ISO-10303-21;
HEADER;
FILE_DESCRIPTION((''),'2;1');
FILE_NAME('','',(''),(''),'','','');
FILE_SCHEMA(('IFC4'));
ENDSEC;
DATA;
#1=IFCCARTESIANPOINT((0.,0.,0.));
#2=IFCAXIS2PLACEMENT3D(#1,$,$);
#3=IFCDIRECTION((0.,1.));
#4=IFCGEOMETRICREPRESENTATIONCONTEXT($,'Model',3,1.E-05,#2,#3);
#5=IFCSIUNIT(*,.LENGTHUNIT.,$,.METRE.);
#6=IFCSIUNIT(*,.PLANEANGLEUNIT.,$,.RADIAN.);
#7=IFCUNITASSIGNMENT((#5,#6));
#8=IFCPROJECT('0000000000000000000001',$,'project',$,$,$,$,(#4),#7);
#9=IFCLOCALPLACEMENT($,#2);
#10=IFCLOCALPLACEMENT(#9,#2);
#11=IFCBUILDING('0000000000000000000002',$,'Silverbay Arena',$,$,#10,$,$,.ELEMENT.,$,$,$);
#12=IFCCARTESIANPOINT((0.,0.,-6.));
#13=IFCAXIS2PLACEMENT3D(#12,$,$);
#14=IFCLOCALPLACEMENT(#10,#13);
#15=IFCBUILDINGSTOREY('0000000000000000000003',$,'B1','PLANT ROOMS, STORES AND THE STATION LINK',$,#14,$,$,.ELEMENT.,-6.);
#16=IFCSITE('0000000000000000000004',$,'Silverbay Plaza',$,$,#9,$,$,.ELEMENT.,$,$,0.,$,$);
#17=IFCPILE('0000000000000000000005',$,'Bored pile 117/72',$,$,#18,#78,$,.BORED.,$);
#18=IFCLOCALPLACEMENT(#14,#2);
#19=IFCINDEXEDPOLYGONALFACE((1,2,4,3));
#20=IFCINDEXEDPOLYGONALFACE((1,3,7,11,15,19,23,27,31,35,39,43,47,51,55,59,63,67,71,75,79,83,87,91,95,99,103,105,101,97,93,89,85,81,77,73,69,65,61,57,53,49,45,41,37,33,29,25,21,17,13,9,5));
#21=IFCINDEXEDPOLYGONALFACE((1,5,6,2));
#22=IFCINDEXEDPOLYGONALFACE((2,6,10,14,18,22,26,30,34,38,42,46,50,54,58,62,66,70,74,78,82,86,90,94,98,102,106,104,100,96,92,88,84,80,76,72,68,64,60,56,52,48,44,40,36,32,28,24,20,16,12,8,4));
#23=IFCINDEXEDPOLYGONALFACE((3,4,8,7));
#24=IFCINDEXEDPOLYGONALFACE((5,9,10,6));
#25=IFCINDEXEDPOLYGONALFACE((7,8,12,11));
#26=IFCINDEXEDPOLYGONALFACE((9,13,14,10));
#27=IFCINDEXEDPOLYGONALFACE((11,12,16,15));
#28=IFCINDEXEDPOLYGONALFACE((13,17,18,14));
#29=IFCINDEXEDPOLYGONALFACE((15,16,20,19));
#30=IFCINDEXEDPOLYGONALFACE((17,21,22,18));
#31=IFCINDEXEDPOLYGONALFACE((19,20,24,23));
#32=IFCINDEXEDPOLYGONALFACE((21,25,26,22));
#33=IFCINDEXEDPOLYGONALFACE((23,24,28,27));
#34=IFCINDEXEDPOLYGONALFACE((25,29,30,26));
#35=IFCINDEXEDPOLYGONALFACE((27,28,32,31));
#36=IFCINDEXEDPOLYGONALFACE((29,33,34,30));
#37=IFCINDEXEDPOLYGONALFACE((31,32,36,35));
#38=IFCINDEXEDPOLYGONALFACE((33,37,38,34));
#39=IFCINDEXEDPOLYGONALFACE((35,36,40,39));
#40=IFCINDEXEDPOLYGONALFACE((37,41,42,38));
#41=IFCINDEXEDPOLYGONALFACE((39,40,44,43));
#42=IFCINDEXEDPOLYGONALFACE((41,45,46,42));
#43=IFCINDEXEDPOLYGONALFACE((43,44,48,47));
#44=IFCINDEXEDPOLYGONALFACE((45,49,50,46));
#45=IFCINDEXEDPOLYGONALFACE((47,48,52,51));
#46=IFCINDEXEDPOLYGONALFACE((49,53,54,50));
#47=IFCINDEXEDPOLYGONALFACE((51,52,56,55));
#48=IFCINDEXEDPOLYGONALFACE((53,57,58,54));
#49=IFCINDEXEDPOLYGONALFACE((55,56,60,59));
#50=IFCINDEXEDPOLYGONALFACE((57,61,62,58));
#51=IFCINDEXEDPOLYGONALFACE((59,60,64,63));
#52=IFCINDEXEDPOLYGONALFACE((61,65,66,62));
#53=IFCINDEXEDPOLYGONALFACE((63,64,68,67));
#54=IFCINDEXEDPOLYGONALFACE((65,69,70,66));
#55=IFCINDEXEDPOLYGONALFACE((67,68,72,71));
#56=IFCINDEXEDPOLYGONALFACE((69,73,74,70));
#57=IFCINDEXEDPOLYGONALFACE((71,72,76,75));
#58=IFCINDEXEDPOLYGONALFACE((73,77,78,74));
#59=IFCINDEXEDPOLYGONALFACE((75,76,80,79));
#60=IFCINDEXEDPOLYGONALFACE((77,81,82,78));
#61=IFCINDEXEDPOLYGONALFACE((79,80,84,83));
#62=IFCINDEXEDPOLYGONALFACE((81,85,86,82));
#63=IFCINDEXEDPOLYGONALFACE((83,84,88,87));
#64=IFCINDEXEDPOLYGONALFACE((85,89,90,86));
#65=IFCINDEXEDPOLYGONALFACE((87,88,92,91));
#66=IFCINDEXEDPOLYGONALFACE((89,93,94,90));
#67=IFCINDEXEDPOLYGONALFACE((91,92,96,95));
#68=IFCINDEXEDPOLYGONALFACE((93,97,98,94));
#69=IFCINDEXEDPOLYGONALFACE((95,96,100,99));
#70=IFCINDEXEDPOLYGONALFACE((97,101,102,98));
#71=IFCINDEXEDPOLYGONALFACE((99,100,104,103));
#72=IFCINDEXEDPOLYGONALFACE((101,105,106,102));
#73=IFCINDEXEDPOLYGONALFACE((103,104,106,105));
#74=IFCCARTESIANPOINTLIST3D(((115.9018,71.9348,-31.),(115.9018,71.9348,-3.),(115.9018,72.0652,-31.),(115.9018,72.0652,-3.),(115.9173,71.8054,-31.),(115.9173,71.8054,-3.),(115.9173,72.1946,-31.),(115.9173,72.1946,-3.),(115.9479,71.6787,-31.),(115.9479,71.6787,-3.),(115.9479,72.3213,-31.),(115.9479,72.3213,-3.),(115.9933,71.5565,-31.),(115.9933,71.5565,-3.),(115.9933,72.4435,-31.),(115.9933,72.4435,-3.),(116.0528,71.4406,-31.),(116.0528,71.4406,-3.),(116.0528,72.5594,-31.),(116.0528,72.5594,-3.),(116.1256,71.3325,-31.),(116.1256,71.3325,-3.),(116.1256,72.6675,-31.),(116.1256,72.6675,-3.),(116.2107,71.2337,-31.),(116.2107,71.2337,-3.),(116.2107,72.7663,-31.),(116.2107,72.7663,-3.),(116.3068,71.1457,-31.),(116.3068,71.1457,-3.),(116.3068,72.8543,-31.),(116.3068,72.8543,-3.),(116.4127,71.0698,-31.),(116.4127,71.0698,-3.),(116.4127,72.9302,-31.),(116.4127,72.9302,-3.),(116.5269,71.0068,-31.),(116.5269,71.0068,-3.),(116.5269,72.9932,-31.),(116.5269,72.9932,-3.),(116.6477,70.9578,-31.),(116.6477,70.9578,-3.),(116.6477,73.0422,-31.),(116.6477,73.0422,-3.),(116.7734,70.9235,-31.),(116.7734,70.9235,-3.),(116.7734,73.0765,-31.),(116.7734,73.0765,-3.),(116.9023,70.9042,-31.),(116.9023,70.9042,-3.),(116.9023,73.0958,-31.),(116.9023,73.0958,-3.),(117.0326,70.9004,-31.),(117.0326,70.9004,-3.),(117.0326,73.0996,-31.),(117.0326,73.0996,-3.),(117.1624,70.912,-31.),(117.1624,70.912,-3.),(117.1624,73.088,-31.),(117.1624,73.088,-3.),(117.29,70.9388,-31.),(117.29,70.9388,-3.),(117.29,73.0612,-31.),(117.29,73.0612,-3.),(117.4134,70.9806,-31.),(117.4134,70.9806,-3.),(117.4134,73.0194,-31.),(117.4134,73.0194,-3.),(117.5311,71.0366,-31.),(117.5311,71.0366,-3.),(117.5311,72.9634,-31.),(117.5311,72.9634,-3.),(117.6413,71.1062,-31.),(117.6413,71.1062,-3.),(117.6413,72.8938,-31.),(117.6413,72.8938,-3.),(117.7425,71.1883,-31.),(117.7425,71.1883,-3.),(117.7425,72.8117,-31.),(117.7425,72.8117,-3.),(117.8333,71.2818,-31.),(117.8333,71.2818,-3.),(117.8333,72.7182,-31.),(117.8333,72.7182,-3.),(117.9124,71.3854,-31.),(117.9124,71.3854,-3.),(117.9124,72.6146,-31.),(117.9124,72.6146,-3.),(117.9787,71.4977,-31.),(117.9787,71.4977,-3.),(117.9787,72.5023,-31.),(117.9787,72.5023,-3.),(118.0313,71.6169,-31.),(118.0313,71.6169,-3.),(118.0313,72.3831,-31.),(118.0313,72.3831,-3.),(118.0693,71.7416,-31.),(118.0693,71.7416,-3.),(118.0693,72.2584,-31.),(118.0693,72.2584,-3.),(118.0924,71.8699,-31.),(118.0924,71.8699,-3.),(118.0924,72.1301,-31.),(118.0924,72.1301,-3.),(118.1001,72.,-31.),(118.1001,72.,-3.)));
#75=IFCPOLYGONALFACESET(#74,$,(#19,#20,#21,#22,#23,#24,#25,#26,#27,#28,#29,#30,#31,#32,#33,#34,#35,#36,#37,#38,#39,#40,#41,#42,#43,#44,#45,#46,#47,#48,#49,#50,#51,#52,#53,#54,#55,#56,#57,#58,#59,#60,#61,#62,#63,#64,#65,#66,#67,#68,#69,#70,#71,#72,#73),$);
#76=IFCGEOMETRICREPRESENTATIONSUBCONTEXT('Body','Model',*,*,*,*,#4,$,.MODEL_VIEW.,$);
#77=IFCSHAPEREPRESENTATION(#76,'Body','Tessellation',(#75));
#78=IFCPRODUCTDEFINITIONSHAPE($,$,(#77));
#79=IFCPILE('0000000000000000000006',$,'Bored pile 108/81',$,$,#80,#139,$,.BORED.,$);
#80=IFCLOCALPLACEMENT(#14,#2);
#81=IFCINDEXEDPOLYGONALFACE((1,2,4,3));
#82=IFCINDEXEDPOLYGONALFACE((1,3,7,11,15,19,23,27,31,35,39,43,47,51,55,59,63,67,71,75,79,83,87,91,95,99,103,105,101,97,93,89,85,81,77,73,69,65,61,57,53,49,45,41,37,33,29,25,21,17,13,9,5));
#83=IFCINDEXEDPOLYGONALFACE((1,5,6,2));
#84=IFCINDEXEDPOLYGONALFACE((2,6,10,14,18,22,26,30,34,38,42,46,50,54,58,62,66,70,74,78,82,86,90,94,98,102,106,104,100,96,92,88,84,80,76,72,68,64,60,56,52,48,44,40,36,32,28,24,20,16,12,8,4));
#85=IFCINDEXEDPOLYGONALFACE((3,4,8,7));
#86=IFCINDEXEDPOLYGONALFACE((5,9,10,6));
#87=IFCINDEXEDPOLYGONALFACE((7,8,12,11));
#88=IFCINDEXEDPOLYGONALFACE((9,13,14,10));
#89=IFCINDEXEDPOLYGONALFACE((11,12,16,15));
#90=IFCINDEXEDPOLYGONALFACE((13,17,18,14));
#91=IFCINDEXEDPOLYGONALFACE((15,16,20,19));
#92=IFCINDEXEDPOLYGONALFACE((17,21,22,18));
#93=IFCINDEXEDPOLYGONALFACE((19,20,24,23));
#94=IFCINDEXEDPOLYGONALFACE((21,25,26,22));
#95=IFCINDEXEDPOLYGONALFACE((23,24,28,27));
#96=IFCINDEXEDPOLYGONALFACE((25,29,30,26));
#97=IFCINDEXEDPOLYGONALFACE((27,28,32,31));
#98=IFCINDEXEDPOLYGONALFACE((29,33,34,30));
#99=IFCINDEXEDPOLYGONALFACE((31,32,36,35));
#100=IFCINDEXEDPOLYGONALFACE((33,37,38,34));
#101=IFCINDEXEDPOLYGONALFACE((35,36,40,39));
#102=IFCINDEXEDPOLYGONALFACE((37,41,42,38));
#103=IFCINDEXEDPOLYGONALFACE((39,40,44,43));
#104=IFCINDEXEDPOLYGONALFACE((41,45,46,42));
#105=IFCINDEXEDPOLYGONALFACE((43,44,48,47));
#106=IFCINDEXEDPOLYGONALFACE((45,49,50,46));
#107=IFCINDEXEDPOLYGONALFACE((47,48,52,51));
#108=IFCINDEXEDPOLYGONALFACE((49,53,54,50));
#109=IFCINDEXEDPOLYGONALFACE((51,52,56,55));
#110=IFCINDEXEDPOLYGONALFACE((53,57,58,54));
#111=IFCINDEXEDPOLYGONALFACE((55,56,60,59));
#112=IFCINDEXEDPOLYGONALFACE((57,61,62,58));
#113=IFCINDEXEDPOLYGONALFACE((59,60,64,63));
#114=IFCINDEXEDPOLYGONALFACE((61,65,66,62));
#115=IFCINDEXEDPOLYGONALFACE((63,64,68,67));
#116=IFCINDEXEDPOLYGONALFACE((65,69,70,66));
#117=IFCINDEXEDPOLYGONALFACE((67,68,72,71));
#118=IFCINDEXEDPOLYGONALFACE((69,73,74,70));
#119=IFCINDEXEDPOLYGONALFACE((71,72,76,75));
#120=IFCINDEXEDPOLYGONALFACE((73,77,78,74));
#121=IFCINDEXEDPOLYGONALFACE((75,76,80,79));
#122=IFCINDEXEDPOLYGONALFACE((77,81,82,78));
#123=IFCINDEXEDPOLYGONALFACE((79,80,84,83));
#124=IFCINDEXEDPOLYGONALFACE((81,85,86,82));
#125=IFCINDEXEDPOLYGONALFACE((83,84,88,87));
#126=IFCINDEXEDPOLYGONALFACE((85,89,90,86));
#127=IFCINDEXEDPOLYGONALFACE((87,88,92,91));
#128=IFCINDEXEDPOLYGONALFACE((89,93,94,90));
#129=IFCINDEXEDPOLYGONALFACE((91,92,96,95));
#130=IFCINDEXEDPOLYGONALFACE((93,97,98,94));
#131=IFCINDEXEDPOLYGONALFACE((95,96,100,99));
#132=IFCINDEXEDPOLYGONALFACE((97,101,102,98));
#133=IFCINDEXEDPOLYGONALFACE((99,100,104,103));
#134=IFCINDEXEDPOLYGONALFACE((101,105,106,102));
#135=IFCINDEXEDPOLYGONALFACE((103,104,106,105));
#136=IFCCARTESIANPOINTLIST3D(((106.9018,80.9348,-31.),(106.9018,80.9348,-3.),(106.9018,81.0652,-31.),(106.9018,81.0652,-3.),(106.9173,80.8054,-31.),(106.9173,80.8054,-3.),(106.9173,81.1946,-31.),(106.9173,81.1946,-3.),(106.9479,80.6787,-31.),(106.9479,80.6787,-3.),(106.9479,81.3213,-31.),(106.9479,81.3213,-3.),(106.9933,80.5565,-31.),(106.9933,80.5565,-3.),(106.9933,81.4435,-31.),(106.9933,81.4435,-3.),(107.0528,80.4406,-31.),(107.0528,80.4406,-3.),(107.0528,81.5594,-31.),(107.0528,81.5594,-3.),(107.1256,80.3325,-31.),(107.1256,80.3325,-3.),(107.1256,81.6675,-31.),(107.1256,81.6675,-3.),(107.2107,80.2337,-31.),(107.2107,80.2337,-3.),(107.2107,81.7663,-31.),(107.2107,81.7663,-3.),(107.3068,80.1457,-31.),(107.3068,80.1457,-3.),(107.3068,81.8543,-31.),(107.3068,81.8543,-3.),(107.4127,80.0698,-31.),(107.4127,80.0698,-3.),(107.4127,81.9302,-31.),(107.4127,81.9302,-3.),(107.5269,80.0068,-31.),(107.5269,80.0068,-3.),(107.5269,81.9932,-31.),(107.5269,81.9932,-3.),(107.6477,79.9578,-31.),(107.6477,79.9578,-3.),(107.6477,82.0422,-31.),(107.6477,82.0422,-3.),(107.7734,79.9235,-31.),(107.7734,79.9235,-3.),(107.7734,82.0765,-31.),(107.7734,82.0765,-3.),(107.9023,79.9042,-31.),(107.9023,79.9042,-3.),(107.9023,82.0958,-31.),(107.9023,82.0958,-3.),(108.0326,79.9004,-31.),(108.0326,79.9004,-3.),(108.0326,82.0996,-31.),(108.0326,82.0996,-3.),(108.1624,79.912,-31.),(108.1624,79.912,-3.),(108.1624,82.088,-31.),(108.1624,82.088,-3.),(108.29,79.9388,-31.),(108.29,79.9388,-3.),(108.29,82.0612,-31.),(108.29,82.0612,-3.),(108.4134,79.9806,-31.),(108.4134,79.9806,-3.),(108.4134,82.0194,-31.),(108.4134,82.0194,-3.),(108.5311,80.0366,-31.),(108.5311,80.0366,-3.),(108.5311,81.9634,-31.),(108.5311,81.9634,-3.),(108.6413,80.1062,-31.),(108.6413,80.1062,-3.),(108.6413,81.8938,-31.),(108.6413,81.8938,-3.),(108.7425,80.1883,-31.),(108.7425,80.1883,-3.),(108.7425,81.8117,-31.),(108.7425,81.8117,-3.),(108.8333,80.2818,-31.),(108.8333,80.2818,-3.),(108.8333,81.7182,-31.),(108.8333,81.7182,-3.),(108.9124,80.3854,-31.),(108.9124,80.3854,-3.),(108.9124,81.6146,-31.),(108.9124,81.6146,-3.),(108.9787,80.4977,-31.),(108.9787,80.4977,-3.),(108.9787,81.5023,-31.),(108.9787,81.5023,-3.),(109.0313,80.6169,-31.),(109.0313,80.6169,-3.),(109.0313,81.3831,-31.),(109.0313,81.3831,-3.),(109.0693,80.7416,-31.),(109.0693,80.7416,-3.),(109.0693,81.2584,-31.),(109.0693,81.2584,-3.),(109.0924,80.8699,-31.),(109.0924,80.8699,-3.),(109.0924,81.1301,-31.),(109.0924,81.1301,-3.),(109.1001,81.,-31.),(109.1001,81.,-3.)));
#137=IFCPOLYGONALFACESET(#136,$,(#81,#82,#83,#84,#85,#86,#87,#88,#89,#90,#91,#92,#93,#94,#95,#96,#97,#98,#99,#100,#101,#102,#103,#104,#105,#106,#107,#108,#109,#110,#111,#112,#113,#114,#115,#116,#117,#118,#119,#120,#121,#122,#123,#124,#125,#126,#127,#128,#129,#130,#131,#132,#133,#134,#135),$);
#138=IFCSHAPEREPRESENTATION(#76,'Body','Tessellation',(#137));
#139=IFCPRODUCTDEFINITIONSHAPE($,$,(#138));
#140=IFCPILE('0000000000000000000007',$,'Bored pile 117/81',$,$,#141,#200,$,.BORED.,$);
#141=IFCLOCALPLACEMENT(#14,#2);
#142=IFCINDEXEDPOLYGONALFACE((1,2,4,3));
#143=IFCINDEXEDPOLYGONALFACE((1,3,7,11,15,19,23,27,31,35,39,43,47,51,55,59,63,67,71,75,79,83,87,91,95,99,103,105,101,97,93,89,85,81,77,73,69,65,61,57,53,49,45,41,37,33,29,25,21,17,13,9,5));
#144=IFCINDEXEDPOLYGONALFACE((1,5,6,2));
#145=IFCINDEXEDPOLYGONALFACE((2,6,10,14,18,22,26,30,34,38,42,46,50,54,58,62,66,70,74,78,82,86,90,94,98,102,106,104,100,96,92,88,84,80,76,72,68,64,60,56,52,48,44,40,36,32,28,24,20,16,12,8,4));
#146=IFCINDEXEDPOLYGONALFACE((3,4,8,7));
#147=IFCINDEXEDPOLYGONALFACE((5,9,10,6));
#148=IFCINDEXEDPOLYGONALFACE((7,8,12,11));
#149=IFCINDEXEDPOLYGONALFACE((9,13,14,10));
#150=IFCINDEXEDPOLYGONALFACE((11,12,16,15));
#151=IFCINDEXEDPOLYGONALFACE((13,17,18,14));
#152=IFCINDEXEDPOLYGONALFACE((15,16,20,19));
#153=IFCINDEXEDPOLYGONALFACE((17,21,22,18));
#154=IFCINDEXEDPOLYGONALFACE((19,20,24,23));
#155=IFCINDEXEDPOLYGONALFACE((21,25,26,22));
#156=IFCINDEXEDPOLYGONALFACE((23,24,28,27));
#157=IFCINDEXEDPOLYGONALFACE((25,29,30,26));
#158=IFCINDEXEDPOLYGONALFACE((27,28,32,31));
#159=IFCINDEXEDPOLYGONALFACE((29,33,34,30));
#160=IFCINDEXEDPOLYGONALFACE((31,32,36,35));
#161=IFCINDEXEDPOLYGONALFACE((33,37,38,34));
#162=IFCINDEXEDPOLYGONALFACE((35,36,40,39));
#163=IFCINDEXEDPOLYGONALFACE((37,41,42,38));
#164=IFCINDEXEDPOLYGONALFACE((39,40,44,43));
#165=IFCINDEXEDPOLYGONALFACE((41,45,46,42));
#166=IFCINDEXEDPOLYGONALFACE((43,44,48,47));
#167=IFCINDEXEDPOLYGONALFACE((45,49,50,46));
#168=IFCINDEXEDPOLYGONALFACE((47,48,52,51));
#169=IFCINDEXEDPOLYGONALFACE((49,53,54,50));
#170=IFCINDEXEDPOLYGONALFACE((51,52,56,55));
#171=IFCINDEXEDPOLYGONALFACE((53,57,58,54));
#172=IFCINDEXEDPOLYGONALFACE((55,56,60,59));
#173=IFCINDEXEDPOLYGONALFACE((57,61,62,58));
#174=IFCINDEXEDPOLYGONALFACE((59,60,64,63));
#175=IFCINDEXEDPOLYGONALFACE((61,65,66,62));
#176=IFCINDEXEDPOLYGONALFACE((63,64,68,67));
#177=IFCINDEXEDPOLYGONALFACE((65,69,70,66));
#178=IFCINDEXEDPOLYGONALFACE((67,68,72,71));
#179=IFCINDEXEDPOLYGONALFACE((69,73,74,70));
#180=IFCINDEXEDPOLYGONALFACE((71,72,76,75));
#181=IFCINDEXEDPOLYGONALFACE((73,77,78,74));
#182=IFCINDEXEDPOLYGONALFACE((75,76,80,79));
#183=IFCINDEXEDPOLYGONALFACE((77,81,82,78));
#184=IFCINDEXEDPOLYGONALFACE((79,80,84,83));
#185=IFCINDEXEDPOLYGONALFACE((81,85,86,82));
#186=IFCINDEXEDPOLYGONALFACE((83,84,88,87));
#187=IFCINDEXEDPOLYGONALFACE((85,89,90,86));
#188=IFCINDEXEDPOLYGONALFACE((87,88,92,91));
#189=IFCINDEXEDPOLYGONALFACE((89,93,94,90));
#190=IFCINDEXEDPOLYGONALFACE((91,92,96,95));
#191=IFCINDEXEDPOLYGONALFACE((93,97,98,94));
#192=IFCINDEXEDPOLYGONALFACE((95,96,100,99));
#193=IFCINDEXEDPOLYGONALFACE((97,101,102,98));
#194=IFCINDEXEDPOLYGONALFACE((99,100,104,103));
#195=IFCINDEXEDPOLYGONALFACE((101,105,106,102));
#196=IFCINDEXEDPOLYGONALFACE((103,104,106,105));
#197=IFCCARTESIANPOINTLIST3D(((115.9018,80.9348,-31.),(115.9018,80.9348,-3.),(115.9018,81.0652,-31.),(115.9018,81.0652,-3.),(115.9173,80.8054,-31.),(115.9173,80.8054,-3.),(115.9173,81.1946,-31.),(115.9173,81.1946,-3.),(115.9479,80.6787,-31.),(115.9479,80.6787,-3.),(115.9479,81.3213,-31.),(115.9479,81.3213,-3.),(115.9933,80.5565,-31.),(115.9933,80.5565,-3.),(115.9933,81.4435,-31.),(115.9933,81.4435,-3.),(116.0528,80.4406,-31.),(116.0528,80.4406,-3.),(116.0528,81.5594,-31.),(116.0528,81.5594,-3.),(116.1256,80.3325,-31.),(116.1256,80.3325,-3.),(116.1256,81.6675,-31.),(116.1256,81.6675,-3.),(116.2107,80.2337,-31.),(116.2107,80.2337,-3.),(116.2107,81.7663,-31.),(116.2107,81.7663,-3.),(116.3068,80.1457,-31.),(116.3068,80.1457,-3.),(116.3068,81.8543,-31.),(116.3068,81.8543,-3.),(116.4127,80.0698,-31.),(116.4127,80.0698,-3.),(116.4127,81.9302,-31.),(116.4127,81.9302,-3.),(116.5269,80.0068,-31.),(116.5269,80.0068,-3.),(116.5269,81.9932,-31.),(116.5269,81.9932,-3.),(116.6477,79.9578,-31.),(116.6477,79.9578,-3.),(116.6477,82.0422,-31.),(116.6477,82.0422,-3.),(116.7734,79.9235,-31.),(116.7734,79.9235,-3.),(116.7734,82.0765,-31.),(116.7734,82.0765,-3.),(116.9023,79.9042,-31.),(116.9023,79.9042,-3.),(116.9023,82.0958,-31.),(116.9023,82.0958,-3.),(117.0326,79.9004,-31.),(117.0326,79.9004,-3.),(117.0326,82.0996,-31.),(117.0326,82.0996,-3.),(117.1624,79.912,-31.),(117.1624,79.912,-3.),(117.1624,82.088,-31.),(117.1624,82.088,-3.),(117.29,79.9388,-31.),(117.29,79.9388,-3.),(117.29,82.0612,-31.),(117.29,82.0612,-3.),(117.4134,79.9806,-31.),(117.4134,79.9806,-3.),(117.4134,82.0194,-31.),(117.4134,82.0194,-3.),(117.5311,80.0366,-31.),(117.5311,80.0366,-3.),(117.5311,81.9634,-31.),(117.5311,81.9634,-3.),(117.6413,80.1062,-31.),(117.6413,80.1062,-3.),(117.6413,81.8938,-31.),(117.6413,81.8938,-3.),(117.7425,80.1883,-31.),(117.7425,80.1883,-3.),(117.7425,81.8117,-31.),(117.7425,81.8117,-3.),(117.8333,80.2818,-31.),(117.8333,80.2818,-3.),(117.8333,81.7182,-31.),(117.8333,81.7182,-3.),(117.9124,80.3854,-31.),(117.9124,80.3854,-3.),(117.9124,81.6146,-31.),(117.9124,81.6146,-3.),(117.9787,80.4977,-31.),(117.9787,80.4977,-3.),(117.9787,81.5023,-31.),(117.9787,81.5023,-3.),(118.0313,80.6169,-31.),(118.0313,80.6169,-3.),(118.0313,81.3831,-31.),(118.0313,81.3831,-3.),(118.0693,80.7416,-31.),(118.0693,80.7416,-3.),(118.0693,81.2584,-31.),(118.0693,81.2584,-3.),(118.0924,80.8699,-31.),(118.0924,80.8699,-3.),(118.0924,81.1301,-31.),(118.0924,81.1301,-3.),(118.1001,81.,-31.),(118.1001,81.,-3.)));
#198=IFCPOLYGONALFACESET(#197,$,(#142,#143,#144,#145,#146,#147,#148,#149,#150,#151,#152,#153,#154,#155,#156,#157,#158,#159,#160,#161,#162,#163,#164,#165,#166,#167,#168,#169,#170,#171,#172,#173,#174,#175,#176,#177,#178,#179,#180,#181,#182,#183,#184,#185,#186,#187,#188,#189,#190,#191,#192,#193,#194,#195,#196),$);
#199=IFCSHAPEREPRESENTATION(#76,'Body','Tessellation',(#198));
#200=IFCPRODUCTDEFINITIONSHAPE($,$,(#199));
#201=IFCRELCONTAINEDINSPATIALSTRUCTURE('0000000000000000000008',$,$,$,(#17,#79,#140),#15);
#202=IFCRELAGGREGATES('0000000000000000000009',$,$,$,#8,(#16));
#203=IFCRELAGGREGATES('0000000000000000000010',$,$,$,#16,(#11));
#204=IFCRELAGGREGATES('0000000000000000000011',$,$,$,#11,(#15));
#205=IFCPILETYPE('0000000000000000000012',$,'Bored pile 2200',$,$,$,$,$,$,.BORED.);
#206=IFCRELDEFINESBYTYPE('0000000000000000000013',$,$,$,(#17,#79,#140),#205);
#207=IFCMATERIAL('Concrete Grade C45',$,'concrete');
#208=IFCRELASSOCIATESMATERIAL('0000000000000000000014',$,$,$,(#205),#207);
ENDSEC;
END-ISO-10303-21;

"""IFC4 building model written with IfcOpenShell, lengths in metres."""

from ifc_helpers import new_model, si_unit, direction, frame, origin, origin_2d, place, context, subcontext, project, spatial, circle, extrude, material, material_profile, profile_set, type_object, element, save


model = new_model("IFC4")

# Units and contexts
model_context = context("Model", 3, precision=1e-05, world=origin(), true_north=direction((0.0, 1.0)))
body_context = subcontext(model_context, "Body", "Model", "MODEL_VIEW")
ifc_project = project(units=[si_unit("LENGTHUNIT", "METRE"), si_unit("PLANEANGLEUNIT", "RADIAN")], contexts=[model_context])

# Site, building, storey
site_placement = place(None, origin())
site = spatial("IfcSite", under=ifc_project, at=site_placement, Name="Silverbay Plaza", CompositionType="ELEMENT", RefElevation=0.0)
building_placement = place(site_placement, origin())
building = spatial("IfcBuilding", under=site, at=building_placement, Name="Silverbay Arena", CompositionType="ELEMENT")
storey_placement = place(building_placement, frame((0.0, 0.0, -6.0)))
storey = spatial("IfcBuildingStorey", under=building, at=storey_placement, Name="B1", Description="PLANT ROOMS, STORES AND THE STATION LINK", CompositionType="ELEMENT", Elevation=-6.0)

# Piles
ifc_material_1 = material(Name="Concrete Grade C45", Category="concrete")
ifc_material_profile_1 = material_profile(ifc_material_1, circle(Radius=1.1001, at=origin_2d()), Name="Bored pile 2200")
ifc_profile_set_1 = profile_set([ifc_material_profile_1], Name="Concrete Grade C45")
pile_type_1 = type_object("IfcPileType", Name="Bored pile 2200", PredefinedType="BORED", material=ifc_profile_set_1)
for number, where, z_axis, x_axis, name in (
    (1, (117.0, 72.0, -3.0), (0.0, 0.0, -1.0), (1.0, 0.0, 0.0), "Bored pile 117/72"),
    (2, (108.0, 81.0, -3.0), (0.0, 0.0, -1.0), (1.0, 0.0, 0.0), "Bored pile 108/81"),
    (3, (117.0, 81.0, -3.0), (0.0, 0.0, -1.0), (1.0, 0.0, 0.0), "Bored pile 117/81"),
):
    element("IfcPile", number, at=place(storey_placement, frame(where, z_axis=z_axis, x_axis=x_axis)), inside=storey, type_object=pile_type_1, Name=name, PredefinedType="BORED", context=body_context, shape_type="SweptSolid", body=[
        extrude(circle(Radius=1.1001, at=origin_2d()), origin(), (0.0, 0.0, 1.0), 28.0),
    ])

save(model, "model.ifc")
